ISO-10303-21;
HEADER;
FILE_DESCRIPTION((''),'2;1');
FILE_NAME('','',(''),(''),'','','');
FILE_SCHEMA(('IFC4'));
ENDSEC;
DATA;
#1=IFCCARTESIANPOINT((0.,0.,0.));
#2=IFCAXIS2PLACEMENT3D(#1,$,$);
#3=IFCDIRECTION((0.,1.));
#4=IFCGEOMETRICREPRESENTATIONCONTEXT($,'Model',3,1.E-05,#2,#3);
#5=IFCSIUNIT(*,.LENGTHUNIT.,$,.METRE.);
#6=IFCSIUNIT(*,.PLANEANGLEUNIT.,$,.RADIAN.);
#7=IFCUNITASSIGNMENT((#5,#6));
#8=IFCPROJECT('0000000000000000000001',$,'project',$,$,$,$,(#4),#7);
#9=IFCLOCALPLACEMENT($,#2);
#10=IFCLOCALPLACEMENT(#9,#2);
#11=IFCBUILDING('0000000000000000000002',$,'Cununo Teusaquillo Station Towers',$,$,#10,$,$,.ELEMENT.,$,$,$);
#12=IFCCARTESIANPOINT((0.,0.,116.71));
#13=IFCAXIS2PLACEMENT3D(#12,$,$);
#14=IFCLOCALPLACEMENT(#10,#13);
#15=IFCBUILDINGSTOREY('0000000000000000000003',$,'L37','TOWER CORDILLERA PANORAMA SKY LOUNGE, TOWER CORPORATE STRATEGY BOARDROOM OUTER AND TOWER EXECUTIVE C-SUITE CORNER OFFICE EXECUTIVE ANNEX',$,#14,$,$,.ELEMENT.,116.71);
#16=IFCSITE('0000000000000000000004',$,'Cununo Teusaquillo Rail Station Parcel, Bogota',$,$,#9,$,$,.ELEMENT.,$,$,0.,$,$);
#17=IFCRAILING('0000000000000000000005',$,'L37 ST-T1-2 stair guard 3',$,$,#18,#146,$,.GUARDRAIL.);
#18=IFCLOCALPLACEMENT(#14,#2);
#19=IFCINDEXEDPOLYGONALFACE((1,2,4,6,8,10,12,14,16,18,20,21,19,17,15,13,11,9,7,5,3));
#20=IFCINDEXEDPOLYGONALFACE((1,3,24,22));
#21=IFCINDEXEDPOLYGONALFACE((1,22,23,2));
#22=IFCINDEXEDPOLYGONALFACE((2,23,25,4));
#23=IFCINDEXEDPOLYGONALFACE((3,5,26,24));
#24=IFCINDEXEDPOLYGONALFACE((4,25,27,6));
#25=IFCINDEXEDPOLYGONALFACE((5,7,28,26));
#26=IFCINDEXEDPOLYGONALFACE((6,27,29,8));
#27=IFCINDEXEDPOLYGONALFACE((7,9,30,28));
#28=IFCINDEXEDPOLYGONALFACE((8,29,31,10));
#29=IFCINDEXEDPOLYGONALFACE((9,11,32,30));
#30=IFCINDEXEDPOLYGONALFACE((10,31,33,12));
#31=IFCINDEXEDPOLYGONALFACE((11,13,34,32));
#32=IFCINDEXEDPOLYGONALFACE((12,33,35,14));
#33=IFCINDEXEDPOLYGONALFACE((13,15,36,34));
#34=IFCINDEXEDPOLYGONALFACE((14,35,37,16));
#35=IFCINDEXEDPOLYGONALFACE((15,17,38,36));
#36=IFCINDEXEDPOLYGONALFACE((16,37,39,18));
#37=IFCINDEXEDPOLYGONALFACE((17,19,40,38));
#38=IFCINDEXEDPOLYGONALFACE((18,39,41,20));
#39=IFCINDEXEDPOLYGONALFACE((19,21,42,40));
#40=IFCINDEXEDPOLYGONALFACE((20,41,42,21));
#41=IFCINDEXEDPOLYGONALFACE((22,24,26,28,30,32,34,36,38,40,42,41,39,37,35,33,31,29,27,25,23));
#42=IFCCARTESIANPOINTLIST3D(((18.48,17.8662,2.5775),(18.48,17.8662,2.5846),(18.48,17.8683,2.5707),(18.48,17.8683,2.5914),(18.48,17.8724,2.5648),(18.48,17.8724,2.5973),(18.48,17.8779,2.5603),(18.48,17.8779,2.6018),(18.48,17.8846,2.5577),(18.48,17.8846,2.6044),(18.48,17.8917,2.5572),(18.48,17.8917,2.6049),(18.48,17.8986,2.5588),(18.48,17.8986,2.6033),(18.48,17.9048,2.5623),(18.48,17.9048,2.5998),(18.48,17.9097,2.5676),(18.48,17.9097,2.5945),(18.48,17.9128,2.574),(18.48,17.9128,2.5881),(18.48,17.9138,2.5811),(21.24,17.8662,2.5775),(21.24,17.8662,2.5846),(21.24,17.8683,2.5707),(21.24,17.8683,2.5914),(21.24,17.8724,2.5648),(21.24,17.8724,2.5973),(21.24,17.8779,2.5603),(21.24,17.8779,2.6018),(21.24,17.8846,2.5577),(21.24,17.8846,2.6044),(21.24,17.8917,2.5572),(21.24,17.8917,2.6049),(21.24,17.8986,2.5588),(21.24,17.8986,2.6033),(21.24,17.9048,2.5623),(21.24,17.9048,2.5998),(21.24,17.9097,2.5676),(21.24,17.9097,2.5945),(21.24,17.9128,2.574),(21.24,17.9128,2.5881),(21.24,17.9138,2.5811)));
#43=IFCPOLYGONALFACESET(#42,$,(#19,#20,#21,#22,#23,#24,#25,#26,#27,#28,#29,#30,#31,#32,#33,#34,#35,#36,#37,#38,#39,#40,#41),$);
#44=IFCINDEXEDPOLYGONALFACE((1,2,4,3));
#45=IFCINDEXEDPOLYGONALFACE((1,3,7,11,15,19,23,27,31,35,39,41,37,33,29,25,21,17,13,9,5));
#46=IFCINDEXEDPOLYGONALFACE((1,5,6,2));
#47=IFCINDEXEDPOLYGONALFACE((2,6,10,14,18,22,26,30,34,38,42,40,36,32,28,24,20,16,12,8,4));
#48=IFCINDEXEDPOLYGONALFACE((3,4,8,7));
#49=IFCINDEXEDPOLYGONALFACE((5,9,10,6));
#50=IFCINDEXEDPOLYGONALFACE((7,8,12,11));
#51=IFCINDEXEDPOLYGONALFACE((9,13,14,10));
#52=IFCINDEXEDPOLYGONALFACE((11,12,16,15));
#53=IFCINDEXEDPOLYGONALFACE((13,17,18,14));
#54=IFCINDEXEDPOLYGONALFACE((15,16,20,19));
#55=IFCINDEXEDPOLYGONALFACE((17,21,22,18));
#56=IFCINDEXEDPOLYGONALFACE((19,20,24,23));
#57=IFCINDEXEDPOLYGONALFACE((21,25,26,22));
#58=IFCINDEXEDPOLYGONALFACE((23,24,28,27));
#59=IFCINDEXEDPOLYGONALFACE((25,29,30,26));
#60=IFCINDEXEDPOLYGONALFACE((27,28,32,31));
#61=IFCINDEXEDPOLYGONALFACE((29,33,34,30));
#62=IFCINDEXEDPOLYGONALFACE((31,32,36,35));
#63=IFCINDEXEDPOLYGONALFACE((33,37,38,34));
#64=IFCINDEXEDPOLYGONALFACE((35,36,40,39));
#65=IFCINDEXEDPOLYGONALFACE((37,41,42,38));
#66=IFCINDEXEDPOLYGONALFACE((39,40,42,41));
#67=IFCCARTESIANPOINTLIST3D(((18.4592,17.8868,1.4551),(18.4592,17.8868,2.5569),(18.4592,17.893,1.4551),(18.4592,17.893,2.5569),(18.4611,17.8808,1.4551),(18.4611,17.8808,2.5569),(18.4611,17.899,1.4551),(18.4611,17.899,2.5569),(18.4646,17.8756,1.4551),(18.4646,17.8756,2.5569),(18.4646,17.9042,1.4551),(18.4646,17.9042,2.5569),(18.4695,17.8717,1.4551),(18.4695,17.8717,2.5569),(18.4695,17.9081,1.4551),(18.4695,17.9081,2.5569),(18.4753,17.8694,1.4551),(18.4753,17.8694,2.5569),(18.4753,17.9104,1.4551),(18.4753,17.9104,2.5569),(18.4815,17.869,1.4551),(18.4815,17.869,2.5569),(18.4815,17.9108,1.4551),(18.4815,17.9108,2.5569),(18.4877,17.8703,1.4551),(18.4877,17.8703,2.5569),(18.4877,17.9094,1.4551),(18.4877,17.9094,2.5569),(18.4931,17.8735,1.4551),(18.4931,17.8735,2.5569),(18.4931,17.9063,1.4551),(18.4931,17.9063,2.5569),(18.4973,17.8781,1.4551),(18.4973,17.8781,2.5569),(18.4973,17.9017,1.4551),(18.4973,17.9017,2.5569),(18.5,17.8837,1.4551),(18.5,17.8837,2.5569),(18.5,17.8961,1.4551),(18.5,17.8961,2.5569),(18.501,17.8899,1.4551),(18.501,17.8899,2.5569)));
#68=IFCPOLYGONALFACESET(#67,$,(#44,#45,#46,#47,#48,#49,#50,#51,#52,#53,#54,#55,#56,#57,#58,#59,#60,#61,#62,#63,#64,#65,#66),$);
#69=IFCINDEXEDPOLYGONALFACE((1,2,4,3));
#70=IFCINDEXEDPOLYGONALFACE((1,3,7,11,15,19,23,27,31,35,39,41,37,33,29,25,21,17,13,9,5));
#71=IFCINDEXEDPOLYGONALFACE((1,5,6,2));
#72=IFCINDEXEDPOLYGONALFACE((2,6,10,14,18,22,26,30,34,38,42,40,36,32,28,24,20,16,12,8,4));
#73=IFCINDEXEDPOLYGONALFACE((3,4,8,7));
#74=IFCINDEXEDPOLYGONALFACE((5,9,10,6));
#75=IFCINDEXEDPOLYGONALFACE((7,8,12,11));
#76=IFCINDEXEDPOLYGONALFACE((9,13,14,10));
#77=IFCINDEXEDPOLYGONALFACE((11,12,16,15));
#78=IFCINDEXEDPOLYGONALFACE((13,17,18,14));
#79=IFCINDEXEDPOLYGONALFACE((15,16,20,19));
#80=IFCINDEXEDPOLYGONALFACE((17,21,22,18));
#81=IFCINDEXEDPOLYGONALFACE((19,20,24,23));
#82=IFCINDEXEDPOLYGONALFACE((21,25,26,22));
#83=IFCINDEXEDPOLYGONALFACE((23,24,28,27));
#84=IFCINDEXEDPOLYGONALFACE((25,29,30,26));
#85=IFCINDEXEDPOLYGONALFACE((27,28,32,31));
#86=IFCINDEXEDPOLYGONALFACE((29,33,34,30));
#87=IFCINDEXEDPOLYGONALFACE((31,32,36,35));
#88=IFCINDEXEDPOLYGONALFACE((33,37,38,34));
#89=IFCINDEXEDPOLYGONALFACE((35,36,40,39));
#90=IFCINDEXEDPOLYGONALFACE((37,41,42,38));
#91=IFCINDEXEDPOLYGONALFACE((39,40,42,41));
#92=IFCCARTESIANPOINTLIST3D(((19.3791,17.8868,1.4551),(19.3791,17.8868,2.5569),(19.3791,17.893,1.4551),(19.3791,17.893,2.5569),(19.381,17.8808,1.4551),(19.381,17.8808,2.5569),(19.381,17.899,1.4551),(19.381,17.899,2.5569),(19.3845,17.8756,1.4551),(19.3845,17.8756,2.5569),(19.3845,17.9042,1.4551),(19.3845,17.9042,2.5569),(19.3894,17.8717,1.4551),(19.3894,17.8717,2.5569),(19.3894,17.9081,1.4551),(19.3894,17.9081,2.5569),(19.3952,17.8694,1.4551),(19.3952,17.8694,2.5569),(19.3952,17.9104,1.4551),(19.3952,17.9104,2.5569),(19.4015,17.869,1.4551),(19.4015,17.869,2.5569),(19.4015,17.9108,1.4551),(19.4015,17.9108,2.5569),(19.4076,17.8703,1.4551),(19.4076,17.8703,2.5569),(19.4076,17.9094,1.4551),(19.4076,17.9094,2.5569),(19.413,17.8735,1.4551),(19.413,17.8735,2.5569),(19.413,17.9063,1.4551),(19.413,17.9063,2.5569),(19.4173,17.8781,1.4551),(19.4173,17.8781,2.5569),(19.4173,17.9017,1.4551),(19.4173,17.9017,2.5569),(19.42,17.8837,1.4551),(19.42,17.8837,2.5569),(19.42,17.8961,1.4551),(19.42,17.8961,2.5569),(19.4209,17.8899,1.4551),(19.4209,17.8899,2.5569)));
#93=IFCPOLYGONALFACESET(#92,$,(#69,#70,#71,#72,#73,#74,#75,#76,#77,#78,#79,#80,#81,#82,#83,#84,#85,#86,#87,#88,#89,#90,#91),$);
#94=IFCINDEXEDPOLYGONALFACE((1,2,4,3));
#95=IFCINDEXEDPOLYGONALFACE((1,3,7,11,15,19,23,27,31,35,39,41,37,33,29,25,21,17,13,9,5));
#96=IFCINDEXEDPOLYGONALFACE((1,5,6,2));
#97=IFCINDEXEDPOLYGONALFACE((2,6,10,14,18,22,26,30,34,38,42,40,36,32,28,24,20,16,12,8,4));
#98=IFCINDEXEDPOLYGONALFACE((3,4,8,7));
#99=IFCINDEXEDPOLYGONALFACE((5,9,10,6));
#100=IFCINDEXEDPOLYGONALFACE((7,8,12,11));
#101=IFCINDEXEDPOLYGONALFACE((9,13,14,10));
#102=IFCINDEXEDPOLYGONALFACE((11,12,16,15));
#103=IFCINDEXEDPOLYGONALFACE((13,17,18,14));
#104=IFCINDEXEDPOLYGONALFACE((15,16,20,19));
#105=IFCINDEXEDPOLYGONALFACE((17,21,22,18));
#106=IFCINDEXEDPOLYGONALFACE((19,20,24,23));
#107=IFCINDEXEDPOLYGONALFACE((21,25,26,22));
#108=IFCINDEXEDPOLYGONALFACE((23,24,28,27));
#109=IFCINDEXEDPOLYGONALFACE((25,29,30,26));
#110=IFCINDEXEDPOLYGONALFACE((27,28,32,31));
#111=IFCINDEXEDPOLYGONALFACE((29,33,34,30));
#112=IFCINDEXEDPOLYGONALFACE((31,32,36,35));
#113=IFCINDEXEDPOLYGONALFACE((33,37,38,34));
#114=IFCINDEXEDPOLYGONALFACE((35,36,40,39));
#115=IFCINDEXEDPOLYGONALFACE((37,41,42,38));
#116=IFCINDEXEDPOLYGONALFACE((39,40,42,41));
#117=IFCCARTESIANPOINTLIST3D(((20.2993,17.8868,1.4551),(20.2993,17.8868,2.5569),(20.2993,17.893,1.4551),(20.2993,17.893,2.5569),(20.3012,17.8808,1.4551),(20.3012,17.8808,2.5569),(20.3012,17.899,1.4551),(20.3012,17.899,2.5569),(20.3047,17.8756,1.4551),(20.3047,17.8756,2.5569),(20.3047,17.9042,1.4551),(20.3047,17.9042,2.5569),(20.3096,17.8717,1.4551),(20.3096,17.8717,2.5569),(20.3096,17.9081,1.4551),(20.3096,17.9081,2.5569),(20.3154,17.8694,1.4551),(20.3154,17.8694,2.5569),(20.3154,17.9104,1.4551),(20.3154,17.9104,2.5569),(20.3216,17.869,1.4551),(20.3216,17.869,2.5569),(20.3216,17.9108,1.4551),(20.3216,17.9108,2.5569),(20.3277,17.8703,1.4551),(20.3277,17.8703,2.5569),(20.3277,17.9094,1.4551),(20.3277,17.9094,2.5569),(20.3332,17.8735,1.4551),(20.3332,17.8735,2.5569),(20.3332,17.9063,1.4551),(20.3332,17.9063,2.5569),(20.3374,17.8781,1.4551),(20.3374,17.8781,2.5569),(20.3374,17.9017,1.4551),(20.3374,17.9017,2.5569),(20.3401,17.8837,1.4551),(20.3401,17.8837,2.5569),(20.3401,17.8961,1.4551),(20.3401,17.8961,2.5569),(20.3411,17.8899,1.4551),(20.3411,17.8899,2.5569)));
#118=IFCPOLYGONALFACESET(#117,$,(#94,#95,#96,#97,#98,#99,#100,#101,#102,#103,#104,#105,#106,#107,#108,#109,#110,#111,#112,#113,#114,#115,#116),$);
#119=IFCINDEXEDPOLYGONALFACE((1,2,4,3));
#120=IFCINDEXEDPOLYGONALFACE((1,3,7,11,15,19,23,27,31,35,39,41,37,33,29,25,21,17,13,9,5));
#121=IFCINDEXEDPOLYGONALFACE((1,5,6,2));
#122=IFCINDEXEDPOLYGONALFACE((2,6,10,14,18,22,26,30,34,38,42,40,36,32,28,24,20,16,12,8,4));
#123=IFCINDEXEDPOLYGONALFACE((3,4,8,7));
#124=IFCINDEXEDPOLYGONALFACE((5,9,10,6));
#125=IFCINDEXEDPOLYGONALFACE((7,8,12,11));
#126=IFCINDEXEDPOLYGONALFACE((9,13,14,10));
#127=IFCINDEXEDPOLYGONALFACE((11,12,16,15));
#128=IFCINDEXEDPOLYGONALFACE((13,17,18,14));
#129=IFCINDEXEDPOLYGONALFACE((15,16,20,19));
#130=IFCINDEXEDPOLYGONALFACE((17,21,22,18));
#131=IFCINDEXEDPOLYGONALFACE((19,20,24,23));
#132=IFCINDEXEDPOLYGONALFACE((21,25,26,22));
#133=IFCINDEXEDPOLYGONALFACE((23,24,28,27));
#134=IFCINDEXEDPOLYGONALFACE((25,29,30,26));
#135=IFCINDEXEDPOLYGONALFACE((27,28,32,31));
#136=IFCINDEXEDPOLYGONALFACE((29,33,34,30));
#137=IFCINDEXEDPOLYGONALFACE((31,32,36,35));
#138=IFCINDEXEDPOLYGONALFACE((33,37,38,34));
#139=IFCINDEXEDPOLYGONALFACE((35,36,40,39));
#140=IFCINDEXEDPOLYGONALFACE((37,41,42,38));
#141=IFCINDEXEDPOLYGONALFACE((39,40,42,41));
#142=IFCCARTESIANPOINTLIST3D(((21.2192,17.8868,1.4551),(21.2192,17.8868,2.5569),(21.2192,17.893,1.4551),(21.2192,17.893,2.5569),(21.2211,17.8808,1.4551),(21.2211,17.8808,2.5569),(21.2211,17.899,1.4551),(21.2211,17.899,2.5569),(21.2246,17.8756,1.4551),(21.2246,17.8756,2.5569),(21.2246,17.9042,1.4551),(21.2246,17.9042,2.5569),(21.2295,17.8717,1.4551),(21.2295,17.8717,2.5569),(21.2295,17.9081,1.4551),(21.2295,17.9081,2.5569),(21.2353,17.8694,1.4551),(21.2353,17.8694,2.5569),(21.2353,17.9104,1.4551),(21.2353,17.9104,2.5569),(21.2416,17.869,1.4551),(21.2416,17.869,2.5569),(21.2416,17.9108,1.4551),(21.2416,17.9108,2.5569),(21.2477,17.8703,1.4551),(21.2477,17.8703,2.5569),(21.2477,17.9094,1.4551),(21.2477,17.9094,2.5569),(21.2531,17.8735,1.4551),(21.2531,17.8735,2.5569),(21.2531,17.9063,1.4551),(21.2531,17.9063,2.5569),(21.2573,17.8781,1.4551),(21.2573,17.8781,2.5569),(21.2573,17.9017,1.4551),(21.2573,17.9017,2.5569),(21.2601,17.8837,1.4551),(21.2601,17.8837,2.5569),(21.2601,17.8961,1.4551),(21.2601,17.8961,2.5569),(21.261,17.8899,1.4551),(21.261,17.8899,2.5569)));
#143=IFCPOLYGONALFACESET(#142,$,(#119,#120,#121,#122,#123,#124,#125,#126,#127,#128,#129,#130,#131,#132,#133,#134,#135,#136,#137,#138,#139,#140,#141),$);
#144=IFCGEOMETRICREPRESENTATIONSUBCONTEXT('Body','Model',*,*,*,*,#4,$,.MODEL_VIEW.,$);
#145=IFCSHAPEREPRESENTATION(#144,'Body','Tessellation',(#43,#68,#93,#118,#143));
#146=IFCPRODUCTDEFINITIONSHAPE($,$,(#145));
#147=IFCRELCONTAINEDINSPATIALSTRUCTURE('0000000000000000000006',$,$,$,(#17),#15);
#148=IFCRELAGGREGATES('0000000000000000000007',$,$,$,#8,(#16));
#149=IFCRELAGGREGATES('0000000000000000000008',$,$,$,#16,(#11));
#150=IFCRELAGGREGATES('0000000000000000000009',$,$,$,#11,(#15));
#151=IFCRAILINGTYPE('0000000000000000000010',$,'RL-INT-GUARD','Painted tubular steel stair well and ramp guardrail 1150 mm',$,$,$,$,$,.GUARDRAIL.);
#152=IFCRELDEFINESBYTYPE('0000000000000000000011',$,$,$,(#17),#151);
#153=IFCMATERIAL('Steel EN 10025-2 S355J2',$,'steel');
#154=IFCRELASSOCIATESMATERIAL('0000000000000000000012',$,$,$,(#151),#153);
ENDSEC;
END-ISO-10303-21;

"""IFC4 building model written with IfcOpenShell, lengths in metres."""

from ifc_helpers import new_model, si_unit, direction, frame, origin, origin_2d, place, context, subcontext, project, spatial, circle, extrude, material, type_object, element, save


model = new_model("IFC4")

# Units and contexts
model_context = context("Model", 3, precision=1e-05, world=origin(), true_north=direction((0.0, 1.0)))
body_context = subcontext(model_context, "Body", "Model", "MODEL_VIEW")
ifc_project = project(units=[si_unit("LENGTHUNIT", "METRE"), si_unit("PLANEANGLEUNIT", "RADIAN")], contexts=[model_context])

# Site, building, storey
site_placement = place(None, origin())
site = spatial("IfcSite", under=ifc_project, at=site_placement, Name="Cununo Teusaquillo Rail Station Parcel, Bogota", CompositionType="ELEMENT", RefElevation=0.0)
building_placement = place(site_placement, origin())
building = spatial("IfcBuilding", under=site, at=building_placement, Name="Cununo Teusaquillo Station Towers", CompositionType="ELEMENT")
storey_placement = place(building_placement, frame((0.0, 0.0, 116.71)))
storey = spatial("IfcBuildingStorey", under=building, at=storey_placement, Name="L37", Description="TOWER CORDILLERA PANORAMA SKY LOUNGE, TOWER CORPORATE STRATEGY BOARDROOM OUTER AND TOWER EXECUTIVE C-SUITE CORNER OFFICE EXECUTIVE ANNEX", CompositionType="ELEMENT", Elevation=116.71)

# Railing
ifc_material_1 = material(Name="Steel EN 10025-2 S355J2", Category="steel")
railing_type_1 = type_object("IfcRailingType", Name="RL-INT-GUARD", Description="Painted tubular steel stair well and ramp guardrail 1150 mm", PredefinedType="GUARDRAIL", material=ifc_material_1)
railing_1_placement = place(storey_placement, frame((18.48, 17.8899, 1.4551)))
element("IfcRailing", 1, at=railing_1_placement, inside=storey, type_object=railing_type_1, Name="L37 ST-T1-2 stair guard 3", PredefinedType="GUARDRAIL", context=body_context, shape_type="SweptSolid", body=[
    extrude(circle(Radius=0.0239, at=origin_2d()), frame((0.0, 0.0, 1.126), z_axis=(1.0, 0.0, 0.0), x_axis=(0.0, 1.0, 0.0)), (0.0, 0.0, 1.0), 2.76),
    extrude(circle(Radius=0.021, at=origin_2d()), origin(), (0.0, 0.0, 1.0), 1.1018),
    extrude(circle(Radius=0.021, at=origin_2d()), frame((0.9199, 0.0, 0.0)), (0.0, 0.0, 1.0), 1.1018),
    extrude(circle(Radius=0.021, at=origin_2d()), frame((1.8401, 0.0, 0.0)), (0.0, 0.0, 1.0), 1.1018),
    extrude(circle(Radius=0.021, at=origin_2d()), frame((2.76, 0.0, 0.0)), (0.0, 0.0, 1.0), 1.1018),
])

save(model, "model.ifc")
